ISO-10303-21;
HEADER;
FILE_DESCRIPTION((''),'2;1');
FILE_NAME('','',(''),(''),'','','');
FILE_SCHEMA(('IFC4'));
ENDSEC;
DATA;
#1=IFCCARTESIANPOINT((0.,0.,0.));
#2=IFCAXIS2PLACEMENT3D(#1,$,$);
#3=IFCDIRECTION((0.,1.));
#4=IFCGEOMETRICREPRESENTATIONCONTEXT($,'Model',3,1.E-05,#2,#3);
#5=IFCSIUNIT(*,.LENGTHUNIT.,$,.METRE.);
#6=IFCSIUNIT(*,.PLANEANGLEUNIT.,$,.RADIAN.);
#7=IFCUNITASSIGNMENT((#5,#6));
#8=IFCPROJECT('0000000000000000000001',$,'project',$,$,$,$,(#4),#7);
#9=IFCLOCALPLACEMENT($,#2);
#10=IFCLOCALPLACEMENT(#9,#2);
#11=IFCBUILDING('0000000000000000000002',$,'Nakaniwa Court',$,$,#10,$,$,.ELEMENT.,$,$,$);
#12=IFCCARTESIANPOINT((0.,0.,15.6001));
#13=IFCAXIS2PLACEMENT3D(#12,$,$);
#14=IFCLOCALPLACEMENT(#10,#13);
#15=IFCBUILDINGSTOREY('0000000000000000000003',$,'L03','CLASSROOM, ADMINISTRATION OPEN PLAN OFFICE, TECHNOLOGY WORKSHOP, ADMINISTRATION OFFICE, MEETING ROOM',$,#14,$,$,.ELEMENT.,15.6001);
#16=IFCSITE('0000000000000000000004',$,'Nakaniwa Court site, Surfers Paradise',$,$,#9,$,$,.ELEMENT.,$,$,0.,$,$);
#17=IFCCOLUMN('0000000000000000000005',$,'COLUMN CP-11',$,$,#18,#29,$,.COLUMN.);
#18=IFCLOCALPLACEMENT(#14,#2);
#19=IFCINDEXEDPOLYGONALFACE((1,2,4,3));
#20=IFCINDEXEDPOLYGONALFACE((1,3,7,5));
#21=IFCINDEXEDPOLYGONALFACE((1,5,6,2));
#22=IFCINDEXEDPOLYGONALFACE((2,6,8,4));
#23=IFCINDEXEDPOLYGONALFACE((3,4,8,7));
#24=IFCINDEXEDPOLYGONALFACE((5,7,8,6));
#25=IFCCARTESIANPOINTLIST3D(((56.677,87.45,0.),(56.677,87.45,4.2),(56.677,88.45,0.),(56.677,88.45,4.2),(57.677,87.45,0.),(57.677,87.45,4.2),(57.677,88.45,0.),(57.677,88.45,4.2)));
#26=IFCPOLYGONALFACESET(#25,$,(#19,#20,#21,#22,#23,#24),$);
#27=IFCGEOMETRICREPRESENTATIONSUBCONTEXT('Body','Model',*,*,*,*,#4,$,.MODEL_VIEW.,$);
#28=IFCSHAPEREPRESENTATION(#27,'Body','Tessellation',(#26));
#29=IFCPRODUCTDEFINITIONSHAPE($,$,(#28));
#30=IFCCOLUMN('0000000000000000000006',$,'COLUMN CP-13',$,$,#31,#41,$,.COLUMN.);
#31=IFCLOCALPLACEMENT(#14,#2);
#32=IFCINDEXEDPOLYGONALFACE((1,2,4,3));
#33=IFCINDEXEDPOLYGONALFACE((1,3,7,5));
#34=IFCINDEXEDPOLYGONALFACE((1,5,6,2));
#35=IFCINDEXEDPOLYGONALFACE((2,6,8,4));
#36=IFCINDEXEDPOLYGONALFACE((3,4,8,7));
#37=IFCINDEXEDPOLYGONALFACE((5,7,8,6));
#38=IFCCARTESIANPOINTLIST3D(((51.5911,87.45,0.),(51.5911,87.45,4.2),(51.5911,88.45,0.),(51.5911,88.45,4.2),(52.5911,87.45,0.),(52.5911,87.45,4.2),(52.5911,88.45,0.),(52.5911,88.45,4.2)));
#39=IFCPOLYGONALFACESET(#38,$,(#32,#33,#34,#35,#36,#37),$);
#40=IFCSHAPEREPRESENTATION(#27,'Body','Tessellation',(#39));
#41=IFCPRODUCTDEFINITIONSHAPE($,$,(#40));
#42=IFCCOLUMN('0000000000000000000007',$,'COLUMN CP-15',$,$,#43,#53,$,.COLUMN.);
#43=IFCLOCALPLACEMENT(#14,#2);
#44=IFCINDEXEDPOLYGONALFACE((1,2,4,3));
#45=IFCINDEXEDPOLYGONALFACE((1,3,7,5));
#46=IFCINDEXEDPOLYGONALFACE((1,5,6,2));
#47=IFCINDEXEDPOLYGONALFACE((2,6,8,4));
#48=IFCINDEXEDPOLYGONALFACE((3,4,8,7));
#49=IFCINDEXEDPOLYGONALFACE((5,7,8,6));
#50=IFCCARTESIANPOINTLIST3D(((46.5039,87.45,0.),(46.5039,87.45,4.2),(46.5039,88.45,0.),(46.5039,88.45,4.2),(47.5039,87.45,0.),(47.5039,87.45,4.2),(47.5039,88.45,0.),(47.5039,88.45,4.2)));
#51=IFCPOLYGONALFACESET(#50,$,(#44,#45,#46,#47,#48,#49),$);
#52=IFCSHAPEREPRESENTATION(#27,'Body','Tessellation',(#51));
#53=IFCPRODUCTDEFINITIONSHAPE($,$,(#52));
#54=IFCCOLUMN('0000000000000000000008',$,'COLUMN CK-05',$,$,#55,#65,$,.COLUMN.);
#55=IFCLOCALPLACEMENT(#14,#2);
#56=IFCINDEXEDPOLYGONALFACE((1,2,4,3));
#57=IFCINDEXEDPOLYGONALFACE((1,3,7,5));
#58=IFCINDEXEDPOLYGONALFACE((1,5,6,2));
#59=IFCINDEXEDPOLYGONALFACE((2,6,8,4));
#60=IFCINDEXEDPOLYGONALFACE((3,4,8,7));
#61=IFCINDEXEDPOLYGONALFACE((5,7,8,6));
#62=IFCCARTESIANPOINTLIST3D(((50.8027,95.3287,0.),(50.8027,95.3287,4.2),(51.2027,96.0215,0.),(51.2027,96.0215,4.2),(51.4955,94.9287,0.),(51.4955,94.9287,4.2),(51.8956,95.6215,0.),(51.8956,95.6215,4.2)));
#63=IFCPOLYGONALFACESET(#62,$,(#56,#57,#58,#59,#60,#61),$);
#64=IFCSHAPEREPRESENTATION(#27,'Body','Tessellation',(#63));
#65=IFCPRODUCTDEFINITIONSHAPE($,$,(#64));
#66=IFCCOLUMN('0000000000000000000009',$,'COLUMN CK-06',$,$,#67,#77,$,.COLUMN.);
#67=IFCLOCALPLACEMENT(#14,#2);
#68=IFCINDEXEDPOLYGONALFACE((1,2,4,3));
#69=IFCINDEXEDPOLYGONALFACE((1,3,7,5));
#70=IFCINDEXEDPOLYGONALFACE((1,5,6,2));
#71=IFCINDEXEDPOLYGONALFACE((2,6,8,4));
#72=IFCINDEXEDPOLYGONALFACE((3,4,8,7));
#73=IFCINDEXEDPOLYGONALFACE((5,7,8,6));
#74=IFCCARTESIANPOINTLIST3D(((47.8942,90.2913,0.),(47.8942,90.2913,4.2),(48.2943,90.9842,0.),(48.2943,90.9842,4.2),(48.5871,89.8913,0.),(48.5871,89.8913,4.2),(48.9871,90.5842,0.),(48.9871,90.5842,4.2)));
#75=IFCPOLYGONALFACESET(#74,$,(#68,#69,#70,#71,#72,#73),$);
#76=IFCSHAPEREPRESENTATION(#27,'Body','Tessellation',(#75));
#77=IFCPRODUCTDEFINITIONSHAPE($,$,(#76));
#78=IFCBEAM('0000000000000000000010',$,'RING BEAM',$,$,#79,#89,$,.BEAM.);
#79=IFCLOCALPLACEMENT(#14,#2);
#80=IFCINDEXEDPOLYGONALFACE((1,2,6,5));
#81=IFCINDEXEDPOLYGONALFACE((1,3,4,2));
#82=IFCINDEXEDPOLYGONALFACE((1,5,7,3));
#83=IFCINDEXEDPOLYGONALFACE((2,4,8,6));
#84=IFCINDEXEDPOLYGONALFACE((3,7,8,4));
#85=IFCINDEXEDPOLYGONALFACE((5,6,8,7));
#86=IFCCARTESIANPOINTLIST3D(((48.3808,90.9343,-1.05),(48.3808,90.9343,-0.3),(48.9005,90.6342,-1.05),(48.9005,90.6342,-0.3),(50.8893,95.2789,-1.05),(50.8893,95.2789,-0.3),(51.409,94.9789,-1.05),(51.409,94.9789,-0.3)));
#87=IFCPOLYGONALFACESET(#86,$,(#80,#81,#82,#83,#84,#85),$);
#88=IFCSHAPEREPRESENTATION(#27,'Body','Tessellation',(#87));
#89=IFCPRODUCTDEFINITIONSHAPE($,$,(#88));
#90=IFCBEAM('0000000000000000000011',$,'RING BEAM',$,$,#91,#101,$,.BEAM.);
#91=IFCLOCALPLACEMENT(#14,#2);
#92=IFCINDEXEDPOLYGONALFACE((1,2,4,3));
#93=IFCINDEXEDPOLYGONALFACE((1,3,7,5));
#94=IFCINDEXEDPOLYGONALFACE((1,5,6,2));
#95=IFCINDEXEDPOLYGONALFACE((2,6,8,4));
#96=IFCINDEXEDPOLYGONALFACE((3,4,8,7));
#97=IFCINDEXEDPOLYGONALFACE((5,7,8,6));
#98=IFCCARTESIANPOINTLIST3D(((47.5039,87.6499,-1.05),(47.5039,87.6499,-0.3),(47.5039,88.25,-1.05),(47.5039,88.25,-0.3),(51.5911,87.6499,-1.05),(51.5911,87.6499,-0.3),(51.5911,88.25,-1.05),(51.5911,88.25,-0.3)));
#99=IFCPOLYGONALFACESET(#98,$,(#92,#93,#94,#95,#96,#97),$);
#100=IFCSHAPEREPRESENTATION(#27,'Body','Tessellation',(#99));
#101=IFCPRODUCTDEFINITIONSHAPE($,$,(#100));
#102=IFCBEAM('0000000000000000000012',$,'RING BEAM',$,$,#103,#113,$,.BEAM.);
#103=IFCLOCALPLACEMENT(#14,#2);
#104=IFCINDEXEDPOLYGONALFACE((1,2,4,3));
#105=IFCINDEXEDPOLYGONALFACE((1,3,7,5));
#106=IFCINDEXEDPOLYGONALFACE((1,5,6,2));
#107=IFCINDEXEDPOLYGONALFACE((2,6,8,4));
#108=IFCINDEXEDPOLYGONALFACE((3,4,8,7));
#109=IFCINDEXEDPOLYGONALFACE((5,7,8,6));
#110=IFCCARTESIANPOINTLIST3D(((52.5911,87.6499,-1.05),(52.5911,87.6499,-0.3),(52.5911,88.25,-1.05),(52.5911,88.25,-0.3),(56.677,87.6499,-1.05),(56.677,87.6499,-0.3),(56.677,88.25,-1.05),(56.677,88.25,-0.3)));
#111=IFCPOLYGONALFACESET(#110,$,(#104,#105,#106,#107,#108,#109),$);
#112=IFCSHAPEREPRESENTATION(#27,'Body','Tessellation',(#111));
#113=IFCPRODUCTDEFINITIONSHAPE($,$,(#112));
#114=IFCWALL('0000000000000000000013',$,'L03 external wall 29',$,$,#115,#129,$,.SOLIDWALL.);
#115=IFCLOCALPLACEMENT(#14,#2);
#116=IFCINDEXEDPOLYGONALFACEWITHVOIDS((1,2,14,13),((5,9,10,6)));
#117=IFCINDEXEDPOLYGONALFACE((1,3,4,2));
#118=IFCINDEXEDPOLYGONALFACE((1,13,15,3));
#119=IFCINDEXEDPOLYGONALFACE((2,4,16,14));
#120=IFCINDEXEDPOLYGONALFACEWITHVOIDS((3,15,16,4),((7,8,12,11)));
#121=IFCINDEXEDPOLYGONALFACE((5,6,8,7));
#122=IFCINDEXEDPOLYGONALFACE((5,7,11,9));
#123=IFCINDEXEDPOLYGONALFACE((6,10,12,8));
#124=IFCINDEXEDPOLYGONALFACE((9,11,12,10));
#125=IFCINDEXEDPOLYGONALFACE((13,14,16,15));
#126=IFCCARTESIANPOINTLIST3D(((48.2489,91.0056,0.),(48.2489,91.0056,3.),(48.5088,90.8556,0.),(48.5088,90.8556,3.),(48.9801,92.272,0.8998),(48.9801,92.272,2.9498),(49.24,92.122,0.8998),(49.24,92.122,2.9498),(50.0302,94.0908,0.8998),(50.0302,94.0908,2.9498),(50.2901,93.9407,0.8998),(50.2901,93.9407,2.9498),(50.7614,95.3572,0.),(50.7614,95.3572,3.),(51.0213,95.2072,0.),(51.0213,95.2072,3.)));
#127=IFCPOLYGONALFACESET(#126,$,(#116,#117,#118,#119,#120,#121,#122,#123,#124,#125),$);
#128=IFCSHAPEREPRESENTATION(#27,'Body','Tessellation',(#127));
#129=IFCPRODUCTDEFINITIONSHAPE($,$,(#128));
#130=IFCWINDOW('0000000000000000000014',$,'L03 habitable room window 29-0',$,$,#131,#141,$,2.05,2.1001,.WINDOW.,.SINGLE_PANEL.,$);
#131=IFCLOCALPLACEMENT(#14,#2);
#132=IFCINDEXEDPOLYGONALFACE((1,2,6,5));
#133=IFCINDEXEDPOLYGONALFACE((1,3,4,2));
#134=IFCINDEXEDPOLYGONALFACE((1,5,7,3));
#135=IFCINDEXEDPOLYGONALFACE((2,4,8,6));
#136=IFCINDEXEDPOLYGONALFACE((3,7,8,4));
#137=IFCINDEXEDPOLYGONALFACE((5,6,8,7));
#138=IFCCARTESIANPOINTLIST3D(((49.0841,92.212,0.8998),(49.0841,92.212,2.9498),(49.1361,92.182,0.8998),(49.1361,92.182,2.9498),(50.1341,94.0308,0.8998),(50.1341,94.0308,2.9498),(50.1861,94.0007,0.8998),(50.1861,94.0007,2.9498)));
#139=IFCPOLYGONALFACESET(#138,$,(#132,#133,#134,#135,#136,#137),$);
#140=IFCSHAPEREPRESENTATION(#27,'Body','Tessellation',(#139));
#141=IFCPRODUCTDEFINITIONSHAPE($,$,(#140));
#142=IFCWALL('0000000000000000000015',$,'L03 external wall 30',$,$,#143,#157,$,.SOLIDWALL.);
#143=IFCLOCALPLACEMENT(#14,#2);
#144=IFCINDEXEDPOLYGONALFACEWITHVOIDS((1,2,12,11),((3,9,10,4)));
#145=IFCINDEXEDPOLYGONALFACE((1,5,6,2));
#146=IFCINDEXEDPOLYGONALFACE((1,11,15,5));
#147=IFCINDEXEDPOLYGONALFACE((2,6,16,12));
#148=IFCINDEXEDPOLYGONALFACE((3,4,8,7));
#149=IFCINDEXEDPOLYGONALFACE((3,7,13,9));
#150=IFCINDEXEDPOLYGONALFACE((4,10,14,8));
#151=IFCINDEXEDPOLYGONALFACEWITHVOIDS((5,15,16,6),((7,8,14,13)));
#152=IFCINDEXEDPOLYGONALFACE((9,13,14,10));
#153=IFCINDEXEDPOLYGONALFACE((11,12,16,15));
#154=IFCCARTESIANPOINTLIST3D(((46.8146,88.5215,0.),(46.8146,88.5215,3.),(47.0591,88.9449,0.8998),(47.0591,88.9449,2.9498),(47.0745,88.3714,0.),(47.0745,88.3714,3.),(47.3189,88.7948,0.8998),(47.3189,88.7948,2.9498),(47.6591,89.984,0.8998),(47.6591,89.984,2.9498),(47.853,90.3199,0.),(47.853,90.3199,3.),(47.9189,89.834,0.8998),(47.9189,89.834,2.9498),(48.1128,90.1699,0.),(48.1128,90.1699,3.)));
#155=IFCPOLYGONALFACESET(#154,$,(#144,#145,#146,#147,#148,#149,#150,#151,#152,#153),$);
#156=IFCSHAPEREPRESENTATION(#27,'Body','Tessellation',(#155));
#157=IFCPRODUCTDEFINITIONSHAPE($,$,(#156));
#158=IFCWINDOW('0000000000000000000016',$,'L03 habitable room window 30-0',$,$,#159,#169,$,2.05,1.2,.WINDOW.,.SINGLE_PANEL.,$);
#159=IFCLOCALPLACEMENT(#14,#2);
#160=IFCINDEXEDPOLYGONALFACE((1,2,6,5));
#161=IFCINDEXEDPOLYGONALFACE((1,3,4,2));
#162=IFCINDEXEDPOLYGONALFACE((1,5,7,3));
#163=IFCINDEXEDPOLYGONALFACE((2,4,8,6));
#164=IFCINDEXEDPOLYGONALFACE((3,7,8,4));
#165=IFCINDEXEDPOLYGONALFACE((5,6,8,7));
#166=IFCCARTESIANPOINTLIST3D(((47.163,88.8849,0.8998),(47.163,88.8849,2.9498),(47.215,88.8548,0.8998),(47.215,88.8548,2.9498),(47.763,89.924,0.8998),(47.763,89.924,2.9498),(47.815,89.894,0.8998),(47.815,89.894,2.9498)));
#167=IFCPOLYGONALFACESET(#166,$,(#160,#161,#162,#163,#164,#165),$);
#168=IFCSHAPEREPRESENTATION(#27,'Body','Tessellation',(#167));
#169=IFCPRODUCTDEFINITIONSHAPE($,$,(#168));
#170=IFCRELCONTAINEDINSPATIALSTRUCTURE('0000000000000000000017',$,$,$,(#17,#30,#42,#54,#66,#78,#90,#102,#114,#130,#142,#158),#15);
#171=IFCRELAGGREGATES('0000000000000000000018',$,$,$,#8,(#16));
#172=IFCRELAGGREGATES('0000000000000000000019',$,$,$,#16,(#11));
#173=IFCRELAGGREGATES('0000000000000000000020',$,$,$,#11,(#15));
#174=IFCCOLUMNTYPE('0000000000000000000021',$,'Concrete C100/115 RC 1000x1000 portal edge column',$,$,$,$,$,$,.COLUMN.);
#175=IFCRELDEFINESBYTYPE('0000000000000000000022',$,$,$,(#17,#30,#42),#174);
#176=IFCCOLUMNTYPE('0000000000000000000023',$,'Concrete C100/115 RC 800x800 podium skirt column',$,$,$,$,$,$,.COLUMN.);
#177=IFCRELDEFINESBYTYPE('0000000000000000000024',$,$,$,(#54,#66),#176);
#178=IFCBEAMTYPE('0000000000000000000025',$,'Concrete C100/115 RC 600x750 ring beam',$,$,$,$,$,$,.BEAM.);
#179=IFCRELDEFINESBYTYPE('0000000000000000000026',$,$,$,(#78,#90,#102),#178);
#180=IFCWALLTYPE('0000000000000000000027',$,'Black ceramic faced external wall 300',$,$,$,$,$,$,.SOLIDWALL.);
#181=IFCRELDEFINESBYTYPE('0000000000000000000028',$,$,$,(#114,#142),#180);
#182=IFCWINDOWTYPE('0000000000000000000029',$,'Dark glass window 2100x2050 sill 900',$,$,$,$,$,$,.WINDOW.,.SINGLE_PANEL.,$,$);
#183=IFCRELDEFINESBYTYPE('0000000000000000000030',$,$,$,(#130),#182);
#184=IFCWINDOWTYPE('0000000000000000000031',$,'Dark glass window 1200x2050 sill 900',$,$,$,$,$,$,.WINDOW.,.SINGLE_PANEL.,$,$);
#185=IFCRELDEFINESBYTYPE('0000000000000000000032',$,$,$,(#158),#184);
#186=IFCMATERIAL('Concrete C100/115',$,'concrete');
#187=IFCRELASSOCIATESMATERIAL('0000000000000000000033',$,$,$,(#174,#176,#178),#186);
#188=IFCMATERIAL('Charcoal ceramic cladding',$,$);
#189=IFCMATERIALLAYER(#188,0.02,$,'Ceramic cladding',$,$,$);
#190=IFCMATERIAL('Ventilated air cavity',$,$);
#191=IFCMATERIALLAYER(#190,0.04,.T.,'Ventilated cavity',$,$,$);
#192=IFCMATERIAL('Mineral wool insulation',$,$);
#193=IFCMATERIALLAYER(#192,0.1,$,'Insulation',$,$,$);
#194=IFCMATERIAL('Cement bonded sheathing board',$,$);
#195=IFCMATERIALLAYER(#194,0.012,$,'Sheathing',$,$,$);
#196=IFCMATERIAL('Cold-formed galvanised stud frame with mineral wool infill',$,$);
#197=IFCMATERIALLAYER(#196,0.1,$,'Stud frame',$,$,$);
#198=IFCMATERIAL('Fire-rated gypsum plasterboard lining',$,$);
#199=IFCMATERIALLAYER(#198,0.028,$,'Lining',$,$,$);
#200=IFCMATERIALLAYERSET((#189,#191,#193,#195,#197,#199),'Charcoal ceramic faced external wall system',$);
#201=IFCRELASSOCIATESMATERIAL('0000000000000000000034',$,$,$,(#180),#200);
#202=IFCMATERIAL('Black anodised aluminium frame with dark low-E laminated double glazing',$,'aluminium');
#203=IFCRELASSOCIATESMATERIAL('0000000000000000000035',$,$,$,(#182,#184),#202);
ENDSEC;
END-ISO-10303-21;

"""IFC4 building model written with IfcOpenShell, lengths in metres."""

from ifc_helpers import new_model, si_unit, direction, frame, frame_2d, origin, origin_2d, place, context, subcontext, project, spatial, rectangle, extrude, material, layer, layer_set, material_profile, profile_set, type_object, element, fill, save


model = new_model("IFC4")

# Units and contexts
model_context = context("Model", 3, precision=1e-05, world=origin(), true_north=direction((0.0, 1.0)))
body_context = subcontext(model_context, "Body", "Model", "MODEL_VIEW")
ifc_project = project(units=[si_unit("LENGTHUNIT", "METRE"), si_unit("PLANEANGLEUNIT", "RADIAN")], contexts=[model_context])

# Site, building, storey
site_placement = place(None, origin())
site = spatial("IfcSite", under=ifc_project, at=site_placement, Name="Nakaniwa Court site, Surfers Paradise", CompositionType="ELEMENT", RefElevation=0.0)
building_placement = place(site_placement, origin())
building = spatial("IfcBuilding", under=site, at=building_placement, Name="Nakaniwa Court", CompositionType="ELEMENT")
storey_placement = place(building_placement, frame((0.0, 0.0, 15.6001)))
storey = spatial("IfcBuildingStorey", under=building, at=storey_placement, Name="L03", Description="CLASSROOM, ADMINISTRATION OPEN PLAN OFFICE, TECHNOLOGY WORKSHOP, ADMINISTRATION OFFICE, MEETING ROOM", CompositionType="ELEMENT", Elevation=15.6001)

# Columns
ifc_material_1 = material(Name="Concrete C100/115", Category="concrete")
ifc_material_profile_1 = material_profile(ifc_material_1, rectangle(XDim=1.0, YDim=1.0, at=origin_2d()), Name="Concrete C100/115 RC 1000x1000 portal edge column")
ifc_profile_set_1 = profile_set([ifc_material_profile_1], Name="Concrete C100/115")
column_type_1 = type_object("IfcColumnType", Name="Concrete C100/115 RC 1000x1000 portal edge column", PredefinedType="COLUMN", material=ifc_profile_set_1)
for number, where, z_axis, x_axis, name in (
    (1, (57.177, 87.95, 0.0), (0.0, 0.0, 1.0), (1.0, 0.0, 0.0), "COLUMN CP-11"),
    (2, (52.0911, 87.95, 0.0), (0.0, 0.0, 1.0), (1.0, 0.0, 0.0), "COLUMN CP-13"),
    (3, (47.0039, 87.95, 0.0), (0.0, 0.0, 1.0), (1.0, 0.0, 0.0), "COLUMN CP-15"),
):
    element("IfcColumn", number, at=place(storey_placement, frame(where, z_axis=z_axis, x_axis=x_axis)), inside=storey, type_object=column_type_1, Name=name, PredefinedType="COLUMN", context=body_context, shape_type="SweptSolid", body=[
        extrude(rectangle(XDim=1.0, YDim=1.0, at=origin_2d()), origin(), (0.0, 0.0, 1.0), 4.2),
    ])
ifc_material_profile_2 = material_profile(ifc_material_1, rectangle(XDim=0.8, YDim=0.8, at=origin_2d()), Name="Concrete C100/115 RC 800x800 podium skirt column")
ifc_profile_set_2 = profile_set([ifc_material_profile_2], Name="Concrete C100/115")
column_type_2 = type_object("IfcColumnType", Name="Concrete C100/115 RC 800x800 podium skirt column", PredefinedType="COLUMN", material=ifc_profile_set_2)
for number, where, z_axis, x_axis, name in (
    (4, (51.3491, 95.4751, 0.0), (0.0, 0.0, 1.0), (-0.5, -0.866025, 0.0), "COLUMN CK-05"),
    (5, (48.4407, 90.4377, 0.0), (0.0, 0.0, 1.0), (-0.5, -0.866025, 0.0), "COLUMN CK-06"),
):
    element("IfcColumn", number, at=place(storey_placement, frame(where, z_axis=z_axis, x_axis=x_axis)), inside=storey, type_object=column_type_2, Name=name, PredefinedType="COLUMN", context=body_context, shape_type="SweptSolid", body=[
        extrude(rectangle(XDim=0.8, YDim=0.8, at=origin_2d()), origin(), (0.0, 0.0, 1.0), 4.2),
    ])

# Beams
ifc_material_profile_3 = material_profile(ifc_material_1, rectangle(XDim=0.6001, YDim=0.75, at=origin_2d()), Name="Concrete C100/115 RC 600x750 ring beam")
ifc_profile_set_3 = profile_set([ifc_material_profile_3], Name="Concrete C100/115")
beam_type = type_object("IfcBeamType", Name="Concrete C100/115 RC 600x750 ring beam", PredefinedType="BEAM", material=ifc_profile_set_3)
beam_1_placement = place(storey_placement, frame((51.1492, 95.1289, -0.675), z_axis=(-0.500017, -0.866015, 0.0), x_axis=(0.866015, -0.500017, 0.0)))
element("IfcBeam", 6, at=beam_1_placement, inside=storey, type_object=beam_type, Name="RING BEAM", PredefinedType="BEAM", context=body_context, shape_type="SweptSolid", body=[
    extrude(rectangle(XDim=0.6001, YDim=0.75, at=origin_2d()), origin(), (0.0, 0.0, 1.0), 5.0168),
])
beam_2_placement = place(storey_placement, frame((47.5039, 87.95, -0.675), z_axis=(1.0, 0.0, 0.0), x_axis=(0.0, 1.0, 0.0)))
element("IfcBeam", 7, at=beam_2_placement, inside=storey, type_object=beam_type, Name="RING BEAM", PredefinedType="BEAM", context=body_context, shape_type="SweptSolid", body=[
    extrude(rectangle(XDim=0.6001, YDim=0.75, at=origin_2d()), origin(), (0.0, 0.0, 1.0), 4.0872),
])
beam_3_placement = place(storey_placement, frame((52.5911, 87.95, -0.675), z_axis=(1.0, 0.0, 0.0), x_axis=(0.0, 1.0, 0.0)))
element("IfcBeam", 8, at=beam_3_placement, inside=storey, type_object=beam_type, Name="RING BEAM", PredefinedType="BEAM", context=body_context, shape_type="SweptSolid", body=[
    extrude(rectangle(XDim=0.6001, YDim=0.75, at=origin_2d()), origin(), (0.0, 0.0, 1.0), 4.0859),
])

# Walls, openings, windows
ifc_material_2 = material(Name="Charcoal ceramic cladding")
ifc_layer_1 = layer(ifc_material_2, 0.02, Name="Ceramic cladding")
ifc_material_3 = material(Name="Ventilated air cavity")
ifc_layer_2 = layer(ifc_material_3, 0.04, ventilated=True, Name="Ventilated cavity")
ifc_material_4 = material(Name="Mineral wool insulation")
ifc_layer_3 = layer(ifc_material_4, 0.1, Name="Insulation")
ifc_material_5 = material(Name="Cement bonded sheathing board")
ifc_layer_4 = layer(ifc_material_5, 0.012, Name="Sheathing")
ifc_material_6 = material(Name="Cold-formed galvanised stud frame with mineral wool infill")
ifc_layer_5 = layer(ifc_material_6, 0.1, Name="Stud frame")
ifc_material_7 = material(Name="Fire-rated gypsum plasterboard lining")
ifc_layer_6 = layer(ifc_material_7, 0.028, Name="Lining")
ifc_layer_set_1 = layer_set([ifc_layer_1, ifc_layer_2, ifc_layer_3, ifc_layer_4, ifc_layer_5, ifc_layer_6], Name="Charcoal ceramic faced external wall system")
wall_type_1 = type_object("IfcWallType", Name="Black ceramic faced external wall 300", PredefinedType="SOLIDWALL", material=ifc_layer_set_1)
wall_1_placement = place(storey_placement, frame((50.8914, 95.2822, 0.0), z_axis=(0.0, 0.0, 1.0), x_axis=(-0.500011, -0.866019, 0.0)))
wall_1 = element("IfcWall", 9, at=wall_1_placement, inside=storey, type_object=wall_type_1, Name="L03 external wall 29", PredefinedType="SOLIDWALL", context=body_context, shape_type="SweptSolid", body=[
    extrude(rectangle(XDim=5.0249, YDim=0.3, at=frame_2d((2.5125, 0.0))), origin(), (0.0, 0.0, 1.0), 3.0),
])
opening_1_placement = place(wall_1_placement, frame((1.4624, 0.0, 0.8999)))
opening_1 = element("IfcOpeningElement", 10, at=opening_1_placement, cuts=wall_1, PredefinedType="OPENING", context=body_context, shape_type="SweptSolid", body=[
    extrude(rectangle(XDim=2.1001, YDim=2.05, at=frame_2d((1.05, 1.0249))), frame((0.0, 0.1599, 0.0), z_axis=(0.0, -1.0, 0.0), x_axis=(1.0, 0.0, 0.0)), (0.0, 0.0, 1.0), 0.3201),
])
ifc_material_8 = material(Name="Black anodised aluminium frame with dark low-E laminated double glazing", Category="aluminium")
window_type_1 = type_object("IfcWindowType", Name="Dark glass window 2100x2050 sill 900", PartitioningType="SINGLE_PANEL", PredefinedType="WINDOW", material=ifc_material_8)
window_1_placement = place(opening_1_placement, origin())
window_1 = element("IfcWindow", 11, at=window_1_placement, inside=storey, type_object=window_type_1, Name="L03 habitable room window 29-0", OverallHeight=2.05, OverallWidth=2.1001, PartitioningType="SINGLE_PANEL", PredefinedType="WINDOW", context=body_context, shape_type="SweptSolid", body=[
    extrude(rectangle(XDim=2.1001, YDim=2.05, at=frame_2d((1.05, 1.0249))), frame((0.0, 0.03, 0.0), z_axis=(0.0, -1.0, 0.0), x_axis=(1.0, 0.0, 0.0)), (0.0, 0.0, 1.0), 0.0601),
])
fill(opening_1, window_1)
wall_2_placement = place(storey_placement, frame((47.9829, 90.2449, 0.0), z_axis=(0.0, 0.0, 1.0), x_axis=(-0.500021, -0.866013, 0.0)))
wall_2 = element("IfcWall", 12, at=wall_2_placement, inside=storey, type_object=wall_type_1, Name="L03 external wall 30", PredefinedType="SOLIDWALL", context=body_context, shape_type="SweptSolid", body=[
    extrude(rectangle(XDim=2.0767, YDim=0.3, at=frame_2d((1.0383, 0.0))), origin(), (0.0, 0.0, 1.0), 3.0),
])
opening_2_placement = place(wall_2_placement, frame((0.3877, 0.0, 0.8999)))
opening_2 = element("IfcOpeningElement", 13, at=opening_2_placement, cuts=wall_2, PredefinedType="OPENING", context=body_context, shape_type="SweptSolid", body=[
    extrude(rectangle(XDim=1.2, YDim=2.05, at=frame_2d((0.6001, 1.0249))), frame((0.0, 0.1599, 0.0), z_axis=(0.0, -1.0, 0.0), x_axis=(1.0, 0.0, 0.0)), (0.0, 0.0, 1.0), 0.3201),
])
window_type_2 = type_object("IfcWindowType", Name="Dark glass window 1200x2050 sill 900", PartitioningType="SINGLE_PANEL", PredefinedType="WINDOW", material=ifc_material_8)
window_2_placement = place(opening_2_placement, origin())
window_2 = element("IfcWindow", 14, at=window_2_placement, inside=storey, type_object=window_type_2, Name="L03 habitable room window 30-0", OverallHeight=2.05, OverallWidth=1.2, PartitioningType="SINGLE_PANEL", PredefinedType="WINDOW", context=body_context, shape_type="SweptSolid", body=[
    extrude(rectangle(XDim=1.2, YDim=2.05, at=frame_2d((0.6001, 1.0249))), frame((0.0, 0.03, 0.0), z_axis=(0.0, -1.0, 0.0), x_axis=(1.0, 0.0, 0.0)), (0.0, 0.0, 1.0), 0.0601),
])
fill(opening_2, window_2)

save(model, "model.ifc")
